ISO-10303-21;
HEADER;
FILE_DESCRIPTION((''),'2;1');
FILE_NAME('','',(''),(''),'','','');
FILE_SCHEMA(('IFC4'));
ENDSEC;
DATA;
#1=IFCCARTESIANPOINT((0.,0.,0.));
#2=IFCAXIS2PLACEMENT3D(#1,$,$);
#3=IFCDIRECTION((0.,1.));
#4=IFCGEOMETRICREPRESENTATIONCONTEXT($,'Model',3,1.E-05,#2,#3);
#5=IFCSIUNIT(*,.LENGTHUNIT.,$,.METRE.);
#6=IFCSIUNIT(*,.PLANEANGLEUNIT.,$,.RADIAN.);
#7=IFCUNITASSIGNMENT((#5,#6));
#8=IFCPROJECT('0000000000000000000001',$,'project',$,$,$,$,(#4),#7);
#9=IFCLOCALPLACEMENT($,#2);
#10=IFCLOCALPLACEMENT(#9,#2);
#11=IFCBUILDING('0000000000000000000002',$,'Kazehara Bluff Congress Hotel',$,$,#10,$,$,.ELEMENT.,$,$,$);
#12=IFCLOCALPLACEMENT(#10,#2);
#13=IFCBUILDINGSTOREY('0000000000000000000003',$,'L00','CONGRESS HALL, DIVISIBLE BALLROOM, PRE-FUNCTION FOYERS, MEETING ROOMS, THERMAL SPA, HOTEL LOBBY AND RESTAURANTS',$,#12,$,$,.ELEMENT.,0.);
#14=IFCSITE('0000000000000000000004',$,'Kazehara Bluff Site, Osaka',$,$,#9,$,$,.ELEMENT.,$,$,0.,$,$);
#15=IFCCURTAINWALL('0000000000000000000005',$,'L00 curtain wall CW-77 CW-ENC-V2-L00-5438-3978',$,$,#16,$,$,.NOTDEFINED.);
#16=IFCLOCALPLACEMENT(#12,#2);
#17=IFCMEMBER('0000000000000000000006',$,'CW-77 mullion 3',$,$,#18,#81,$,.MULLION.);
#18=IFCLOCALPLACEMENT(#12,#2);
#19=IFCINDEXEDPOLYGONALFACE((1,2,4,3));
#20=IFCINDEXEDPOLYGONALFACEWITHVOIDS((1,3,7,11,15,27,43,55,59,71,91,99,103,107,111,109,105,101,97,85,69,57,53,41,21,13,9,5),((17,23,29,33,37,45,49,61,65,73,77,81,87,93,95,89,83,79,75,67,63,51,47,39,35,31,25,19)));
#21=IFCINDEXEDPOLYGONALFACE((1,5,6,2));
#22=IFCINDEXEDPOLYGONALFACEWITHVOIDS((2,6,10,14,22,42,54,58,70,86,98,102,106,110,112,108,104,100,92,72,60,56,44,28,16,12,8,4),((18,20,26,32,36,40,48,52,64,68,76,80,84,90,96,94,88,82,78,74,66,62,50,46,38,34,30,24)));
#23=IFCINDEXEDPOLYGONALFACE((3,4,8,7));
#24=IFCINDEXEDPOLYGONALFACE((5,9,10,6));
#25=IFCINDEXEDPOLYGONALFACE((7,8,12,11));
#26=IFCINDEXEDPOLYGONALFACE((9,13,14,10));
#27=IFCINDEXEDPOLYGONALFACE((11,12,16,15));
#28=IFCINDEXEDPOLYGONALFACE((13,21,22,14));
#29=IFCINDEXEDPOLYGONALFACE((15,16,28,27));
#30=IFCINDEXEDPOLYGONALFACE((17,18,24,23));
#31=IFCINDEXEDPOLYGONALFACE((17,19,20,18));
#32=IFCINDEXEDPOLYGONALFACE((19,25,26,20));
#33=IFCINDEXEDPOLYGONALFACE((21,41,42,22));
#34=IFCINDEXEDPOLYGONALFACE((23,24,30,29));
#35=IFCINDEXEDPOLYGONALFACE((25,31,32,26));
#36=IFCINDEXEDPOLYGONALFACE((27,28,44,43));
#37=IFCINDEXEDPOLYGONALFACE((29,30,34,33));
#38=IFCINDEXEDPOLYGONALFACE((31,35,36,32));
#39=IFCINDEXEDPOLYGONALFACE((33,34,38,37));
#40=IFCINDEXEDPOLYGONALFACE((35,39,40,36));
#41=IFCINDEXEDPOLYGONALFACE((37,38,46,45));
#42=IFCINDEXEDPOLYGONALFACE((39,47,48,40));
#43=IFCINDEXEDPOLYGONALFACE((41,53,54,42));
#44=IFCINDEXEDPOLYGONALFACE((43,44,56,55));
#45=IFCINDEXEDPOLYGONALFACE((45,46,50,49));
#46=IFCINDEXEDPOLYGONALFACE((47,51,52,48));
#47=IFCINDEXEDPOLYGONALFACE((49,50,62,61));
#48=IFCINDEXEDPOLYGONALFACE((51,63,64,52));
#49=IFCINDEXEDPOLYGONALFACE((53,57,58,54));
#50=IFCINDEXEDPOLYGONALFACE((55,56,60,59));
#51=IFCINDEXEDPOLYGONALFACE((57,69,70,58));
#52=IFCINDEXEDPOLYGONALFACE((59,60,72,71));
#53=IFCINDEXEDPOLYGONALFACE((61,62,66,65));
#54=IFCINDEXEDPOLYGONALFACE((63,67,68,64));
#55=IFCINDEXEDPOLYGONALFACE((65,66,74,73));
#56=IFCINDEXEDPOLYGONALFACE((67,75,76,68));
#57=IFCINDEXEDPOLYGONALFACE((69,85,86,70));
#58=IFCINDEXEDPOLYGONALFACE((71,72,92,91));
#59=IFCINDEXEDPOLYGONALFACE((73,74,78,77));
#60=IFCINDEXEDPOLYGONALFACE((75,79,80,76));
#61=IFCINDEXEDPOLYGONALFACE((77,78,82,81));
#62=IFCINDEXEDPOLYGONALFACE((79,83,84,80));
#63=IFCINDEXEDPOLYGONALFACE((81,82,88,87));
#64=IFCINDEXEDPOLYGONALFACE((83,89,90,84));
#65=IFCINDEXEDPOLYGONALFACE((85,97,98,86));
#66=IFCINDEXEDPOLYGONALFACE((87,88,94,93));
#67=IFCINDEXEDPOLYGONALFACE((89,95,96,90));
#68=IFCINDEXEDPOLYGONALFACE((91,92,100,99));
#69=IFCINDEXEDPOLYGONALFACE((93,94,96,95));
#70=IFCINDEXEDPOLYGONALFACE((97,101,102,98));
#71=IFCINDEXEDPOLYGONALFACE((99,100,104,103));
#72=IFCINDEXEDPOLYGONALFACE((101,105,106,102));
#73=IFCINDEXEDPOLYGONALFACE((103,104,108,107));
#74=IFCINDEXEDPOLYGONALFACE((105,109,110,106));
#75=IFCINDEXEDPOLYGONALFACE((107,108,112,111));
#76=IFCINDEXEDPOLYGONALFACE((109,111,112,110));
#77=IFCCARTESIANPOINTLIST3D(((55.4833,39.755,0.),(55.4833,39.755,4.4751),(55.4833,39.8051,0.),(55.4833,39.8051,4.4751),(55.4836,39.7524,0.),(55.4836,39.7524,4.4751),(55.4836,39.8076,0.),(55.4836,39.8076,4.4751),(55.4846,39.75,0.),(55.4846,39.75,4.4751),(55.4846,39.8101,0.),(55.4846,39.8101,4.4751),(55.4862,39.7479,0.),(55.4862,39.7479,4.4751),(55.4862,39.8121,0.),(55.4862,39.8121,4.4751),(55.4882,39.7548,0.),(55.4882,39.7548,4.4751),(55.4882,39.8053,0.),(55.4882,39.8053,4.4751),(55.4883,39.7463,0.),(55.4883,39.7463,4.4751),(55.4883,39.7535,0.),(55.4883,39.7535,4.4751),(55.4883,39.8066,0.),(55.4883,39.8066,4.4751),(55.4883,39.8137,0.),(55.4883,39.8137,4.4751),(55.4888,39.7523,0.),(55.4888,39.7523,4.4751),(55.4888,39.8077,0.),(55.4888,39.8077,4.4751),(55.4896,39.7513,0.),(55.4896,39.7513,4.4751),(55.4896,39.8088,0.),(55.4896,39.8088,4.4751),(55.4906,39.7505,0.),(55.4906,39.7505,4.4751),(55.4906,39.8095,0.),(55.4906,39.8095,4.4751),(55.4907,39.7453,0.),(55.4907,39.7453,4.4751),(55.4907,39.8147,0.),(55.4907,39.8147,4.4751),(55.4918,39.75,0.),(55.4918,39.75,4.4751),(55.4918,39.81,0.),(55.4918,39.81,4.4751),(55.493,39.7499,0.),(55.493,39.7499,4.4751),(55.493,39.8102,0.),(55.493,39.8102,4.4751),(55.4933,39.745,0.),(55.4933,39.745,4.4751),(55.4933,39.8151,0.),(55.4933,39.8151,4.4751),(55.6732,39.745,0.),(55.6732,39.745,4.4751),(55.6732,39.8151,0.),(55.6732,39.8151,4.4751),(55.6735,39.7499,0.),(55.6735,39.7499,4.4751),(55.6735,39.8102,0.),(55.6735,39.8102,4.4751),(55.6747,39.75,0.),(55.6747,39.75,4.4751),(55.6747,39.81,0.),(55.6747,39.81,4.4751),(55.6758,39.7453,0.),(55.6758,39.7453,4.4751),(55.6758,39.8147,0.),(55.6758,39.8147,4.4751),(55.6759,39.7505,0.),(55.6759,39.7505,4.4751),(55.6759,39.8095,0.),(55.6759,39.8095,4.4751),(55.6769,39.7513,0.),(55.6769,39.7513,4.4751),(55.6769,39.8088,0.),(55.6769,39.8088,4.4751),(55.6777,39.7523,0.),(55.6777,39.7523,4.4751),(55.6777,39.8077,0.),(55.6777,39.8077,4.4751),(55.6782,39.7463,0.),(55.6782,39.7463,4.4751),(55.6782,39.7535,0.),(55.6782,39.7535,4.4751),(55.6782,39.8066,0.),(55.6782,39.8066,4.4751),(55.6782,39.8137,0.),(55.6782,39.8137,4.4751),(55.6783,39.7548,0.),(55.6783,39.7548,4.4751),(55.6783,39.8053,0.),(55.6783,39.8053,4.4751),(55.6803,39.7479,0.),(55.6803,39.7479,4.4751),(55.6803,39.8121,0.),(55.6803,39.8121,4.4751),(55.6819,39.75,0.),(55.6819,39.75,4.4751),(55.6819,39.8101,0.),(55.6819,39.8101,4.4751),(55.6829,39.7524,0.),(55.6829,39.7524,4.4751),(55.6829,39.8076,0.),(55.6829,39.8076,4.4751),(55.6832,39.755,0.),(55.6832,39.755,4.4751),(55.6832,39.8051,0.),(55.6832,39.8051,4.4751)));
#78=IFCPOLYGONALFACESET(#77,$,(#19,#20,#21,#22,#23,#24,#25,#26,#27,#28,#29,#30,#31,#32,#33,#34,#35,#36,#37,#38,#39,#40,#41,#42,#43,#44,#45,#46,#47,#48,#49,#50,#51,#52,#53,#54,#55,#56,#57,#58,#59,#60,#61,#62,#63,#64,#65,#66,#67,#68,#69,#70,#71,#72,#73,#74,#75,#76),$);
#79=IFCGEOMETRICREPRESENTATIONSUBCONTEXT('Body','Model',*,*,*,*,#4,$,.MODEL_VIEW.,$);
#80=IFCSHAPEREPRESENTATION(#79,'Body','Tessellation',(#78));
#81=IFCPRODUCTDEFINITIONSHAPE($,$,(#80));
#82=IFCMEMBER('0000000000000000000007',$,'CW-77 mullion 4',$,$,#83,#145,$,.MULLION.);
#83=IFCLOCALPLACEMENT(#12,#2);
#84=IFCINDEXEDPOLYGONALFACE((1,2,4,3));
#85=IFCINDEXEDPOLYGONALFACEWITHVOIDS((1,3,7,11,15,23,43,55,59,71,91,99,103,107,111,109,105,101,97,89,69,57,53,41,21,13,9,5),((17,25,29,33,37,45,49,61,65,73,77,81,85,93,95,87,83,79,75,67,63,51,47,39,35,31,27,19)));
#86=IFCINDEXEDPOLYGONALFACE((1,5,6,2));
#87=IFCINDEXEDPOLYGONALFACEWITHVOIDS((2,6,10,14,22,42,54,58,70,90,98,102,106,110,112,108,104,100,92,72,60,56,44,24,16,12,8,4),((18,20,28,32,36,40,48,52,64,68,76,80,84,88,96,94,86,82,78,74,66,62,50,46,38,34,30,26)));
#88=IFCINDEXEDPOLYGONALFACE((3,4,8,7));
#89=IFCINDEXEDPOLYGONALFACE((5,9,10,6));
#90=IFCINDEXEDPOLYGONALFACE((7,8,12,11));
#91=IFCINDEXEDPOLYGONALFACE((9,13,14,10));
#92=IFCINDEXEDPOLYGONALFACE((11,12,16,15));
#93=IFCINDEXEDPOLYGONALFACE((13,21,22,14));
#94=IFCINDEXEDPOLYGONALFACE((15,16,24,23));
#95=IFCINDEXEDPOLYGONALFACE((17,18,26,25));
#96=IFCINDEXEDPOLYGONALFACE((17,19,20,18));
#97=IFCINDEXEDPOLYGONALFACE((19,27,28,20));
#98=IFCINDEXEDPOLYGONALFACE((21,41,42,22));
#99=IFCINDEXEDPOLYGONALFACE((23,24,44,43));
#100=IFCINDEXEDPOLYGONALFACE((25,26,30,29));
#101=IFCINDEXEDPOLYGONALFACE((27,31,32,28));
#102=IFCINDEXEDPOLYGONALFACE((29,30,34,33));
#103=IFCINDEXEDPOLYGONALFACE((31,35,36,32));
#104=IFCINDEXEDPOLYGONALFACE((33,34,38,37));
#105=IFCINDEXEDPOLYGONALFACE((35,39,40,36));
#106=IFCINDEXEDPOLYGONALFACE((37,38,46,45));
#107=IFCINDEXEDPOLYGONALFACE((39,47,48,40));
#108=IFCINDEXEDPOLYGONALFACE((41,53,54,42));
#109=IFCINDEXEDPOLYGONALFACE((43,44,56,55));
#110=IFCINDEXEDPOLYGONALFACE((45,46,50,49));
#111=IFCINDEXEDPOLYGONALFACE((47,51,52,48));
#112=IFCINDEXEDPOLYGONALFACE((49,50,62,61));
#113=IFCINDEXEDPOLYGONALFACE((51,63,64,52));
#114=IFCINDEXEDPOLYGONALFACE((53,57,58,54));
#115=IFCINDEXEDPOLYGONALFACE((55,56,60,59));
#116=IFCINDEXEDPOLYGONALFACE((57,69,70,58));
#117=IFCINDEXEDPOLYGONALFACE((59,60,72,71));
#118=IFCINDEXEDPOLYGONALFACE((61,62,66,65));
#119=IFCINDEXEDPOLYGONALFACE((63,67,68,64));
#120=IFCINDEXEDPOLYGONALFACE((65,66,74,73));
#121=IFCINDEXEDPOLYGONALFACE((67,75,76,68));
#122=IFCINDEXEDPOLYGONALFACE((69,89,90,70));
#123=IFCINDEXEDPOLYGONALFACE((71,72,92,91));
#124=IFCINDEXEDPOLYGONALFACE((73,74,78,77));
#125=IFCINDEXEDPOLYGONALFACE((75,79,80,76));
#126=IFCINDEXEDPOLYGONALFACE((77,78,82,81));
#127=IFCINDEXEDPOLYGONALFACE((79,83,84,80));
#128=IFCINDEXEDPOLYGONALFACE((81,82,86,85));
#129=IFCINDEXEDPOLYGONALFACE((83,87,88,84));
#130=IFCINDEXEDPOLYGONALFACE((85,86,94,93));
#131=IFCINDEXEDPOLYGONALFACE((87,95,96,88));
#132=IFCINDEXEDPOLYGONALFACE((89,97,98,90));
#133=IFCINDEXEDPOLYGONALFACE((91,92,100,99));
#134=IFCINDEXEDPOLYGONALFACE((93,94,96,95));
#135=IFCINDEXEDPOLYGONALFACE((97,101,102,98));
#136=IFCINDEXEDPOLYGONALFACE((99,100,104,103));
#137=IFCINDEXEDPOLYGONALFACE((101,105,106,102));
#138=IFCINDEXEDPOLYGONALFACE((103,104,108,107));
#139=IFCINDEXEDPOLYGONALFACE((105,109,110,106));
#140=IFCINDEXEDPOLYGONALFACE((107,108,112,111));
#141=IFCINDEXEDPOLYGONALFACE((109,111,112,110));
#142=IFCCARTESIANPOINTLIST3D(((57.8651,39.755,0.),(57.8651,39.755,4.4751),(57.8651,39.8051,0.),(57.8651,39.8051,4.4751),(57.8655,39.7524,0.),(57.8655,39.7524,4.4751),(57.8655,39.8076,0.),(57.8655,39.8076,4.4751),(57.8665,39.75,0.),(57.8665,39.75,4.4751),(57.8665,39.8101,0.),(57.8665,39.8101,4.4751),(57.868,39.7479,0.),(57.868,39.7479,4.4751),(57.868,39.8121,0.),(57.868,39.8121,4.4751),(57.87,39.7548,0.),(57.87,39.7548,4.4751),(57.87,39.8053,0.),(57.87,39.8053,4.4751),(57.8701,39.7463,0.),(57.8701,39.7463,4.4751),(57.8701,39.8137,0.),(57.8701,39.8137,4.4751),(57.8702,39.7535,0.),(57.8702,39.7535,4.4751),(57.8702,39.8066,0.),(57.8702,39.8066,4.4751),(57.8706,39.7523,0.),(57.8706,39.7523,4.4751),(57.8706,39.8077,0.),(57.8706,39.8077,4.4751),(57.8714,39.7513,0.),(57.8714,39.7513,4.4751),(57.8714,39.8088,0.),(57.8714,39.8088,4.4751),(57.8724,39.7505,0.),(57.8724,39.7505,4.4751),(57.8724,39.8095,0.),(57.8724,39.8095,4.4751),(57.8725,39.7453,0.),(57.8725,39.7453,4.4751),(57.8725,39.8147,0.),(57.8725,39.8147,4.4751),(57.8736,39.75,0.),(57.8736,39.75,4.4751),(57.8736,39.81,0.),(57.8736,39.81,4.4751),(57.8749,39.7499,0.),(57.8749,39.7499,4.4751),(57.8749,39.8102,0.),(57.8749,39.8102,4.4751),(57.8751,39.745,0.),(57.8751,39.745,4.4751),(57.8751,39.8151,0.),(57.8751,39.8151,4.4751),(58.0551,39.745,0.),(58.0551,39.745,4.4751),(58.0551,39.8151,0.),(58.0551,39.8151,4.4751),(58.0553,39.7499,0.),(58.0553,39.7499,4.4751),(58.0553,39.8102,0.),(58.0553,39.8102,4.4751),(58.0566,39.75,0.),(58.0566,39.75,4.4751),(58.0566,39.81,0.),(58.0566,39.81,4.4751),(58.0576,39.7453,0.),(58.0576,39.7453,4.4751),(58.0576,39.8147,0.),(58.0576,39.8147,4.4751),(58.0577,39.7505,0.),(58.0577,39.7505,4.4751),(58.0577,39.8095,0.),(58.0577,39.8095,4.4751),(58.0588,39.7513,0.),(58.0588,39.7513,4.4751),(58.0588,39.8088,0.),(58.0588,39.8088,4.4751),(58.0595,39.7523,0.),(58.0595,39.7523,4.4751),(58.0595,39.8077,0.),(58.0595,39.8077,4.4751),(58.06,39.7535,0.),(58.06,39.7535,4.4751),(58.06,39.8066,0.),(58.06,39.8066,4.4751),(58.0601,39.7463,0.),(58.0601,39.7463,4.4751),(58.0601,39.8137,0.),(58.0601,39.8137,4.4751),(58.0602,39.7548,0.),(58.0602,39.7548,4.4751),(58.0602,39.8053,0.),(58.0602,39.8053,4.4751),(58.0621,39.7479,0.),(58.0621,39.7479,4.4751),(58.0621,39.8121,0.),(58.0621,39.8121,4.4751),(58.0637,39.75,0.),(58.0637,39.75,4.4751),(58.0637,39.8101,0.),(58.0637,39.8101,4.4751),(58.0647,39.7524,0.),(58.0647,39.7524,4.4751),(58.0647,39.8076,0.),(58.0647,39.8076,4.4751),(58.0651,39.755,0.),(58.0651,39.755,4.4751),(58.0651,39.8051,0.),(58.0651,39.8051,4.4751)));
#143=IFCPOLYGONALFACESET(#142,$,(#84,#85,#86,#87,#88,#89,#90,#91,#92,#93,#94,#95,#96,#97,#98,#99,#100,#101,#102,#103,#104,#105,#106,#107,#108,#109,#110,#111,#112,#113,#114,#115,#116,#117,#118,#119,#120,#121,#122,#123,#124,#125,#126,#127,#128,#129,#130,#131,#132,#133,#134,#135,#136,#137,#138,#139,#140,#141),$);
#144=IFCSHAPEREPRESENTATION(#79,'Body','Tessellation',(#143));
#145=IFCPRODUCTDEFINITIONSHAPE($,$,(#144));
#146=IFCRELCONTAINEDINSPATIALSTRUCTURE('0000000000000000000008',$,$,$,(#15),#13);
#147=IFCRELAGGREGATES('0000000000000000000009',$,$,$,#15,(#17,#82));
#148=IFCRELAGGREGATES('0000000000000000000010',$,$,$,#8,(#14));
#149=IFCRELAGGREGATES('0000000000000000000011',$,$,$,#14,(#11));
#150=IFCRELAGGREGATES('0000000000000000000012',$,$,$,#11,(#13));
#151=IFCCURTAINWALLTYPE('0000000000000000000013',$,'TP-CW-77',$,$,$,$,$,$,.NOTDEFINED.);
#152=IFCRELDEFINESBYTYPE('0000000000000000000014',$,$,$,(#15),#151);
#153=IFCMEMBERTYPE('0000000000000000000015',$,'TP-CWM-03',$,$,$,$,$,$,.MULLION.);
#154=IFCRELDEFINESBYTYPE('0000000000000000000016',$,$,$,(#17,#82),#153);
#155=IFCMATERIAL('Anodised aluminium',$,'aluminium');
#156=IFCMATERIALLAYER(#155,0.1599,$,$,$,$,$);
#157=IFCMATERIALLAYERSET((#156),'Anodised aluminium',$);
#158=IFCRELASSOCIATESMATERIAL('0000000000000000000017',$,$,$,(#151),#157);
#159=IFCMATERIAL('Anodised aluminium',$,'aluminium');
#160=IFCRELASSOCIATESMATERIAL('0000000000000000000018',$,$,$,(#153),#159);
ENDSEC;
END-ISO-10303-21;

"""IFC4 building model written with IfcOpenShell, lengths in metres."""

from ifc_helpers import new_model, si_unit, direction, frame, origin, origin_2d, place, context, subcontext, project, spatial, hollow_rectangle, extrude, material, layer, layer_set, material_profile, profile_set, type_object, element, aggregate, save


model = new_model("IFC4")

# Units and contexts
model_context = context("Model", 3, precision=1e-05, world=origin(), true_north=direction((0.0, 1.0)))
body_context = subcontext(model_context, "Body", "Model", "MODEL_VIEW")
ifc_project = project(units=[si_unit("LENGTHUNIT", "METRE"), si_unit("PLANEANGLEUNIT", "RADIAN")], contexts=[model_context])

# Site, building, storey
site_placement = place(None, origin())
site = spatial("IfcSite", under=ifc_project, at=site_placement, Name="Kazehara Bluff Site, Osaka", CompositionType="ELEMENT", RefElevation=0.0)
building_placement = place(site_placement, origin())
building = spatial("IfcBuilding", under=site, at=building_placement, Name="Kazehara Bluff Congress Hotel", CompositionType="ELEMENT")
storey_placement = place(building_placement, origin())
storey = spatial("IfcBuildingStorey", under=building, at=storey_placement, Name="L00", Description="CONGRESS HALL, DIVISIBLE BALLROOM, PRE-FUNCTION FOYERS, MEETING ROOMS, THERMAL SPA, HOTEL LOBBY AND RESTAURANTS", CompositionType="ELEMENT", Elevation=0.0)

# Curtain wall, members
ifc_material_1 = material(Name="Anodised aluminium", Category="aluminium")
ifc_layer_1 = layer(ifc_material_1, 0.1599)
ifc_layer_set_1 = layer_set([ifc_layer_1], Name="Anodised aluminium")
curtain_wall_type_1 = type_object("IfcCurtainWallType", Name="TP-CW-77", PredefinedType="NOTDEFINED", material=ifc_layer_set_1)
curtain_wall_1_placement = place(storey_placement, origin())
curtain_wall_1 = element("IfcCurtainWall", 1, at=curtain_wall_1_placement, inside=storey, type_object=curtain_wall_type_1, Name="L00 curtain wall CW-77 CW-ENC-V2-L00-5438-3978", PredefinedType="NOTDEFINED")
ifc_material_2 = material(Name="Anodised aluminium", Category="aluminium")
ifc_material_profile_1 = material_profile(ifc_material_2, hollow_rectangle(XDim=0.0701, YDim=0.2, WallThickness=0.0049, InnerFilletRadius=0.0049, OuterFilletRadius=0.01, at=origin_2d()))
ifc_profile_set_1 = profile_set([ifc_material_profile_1], Name="Anodised aluminium")
member_type_1 = type_object("IfcMemberType", Name="TP-CWM-03", PredefinedType="MULLION", material=ifc_profile_set_1)
member_1_placement = place(storey_placement, frame((55.5833, 39.78, 0.0), z_axis=(0.0, 0.0, 1.0), x_axis=(0.0, 1.0, 0.0)))
member_1 = element("IfcMember", 2, at=member_1_placement, type_object=member_type_1, Name="CW-77 mullion 3", PredefinedType="MULLION", context=body_context, shape_type="SweptSolid", body=[
    extrude(hollow_rectangle(XDim=0.0701, YDim=0.2, WallThickness=0.0049, InnerFilletRadius=0.0049, OuterFilletRadius=0.01, at=origin_2d()), origin(), (0.0, 0.0, 1.0), 4.4751),
])
member_2_placement = place(storey_placement, frame((57.9651, 39.78, 0.0), z_axis=(0.0, 0.0, 1.0), x_axis=(0.0, 1.0, 0.0)))
member_2 = element("IfcMember", 3, at=member_2_placement, type_object=member_type_1, Name="CW-77 mullion 4", PredefinedType="MULLION", context=body_context, shape_type="SweptSolid", body=[
    extrude(hollow_rectangle(XDim=0.0701, YDim=0.2, WallThickness=0.0049, InnerFilletRadius=0.0049, OuterFilletRadius=0.01, at=origin_2d()), origin(), (0.0, 0.0, 1.0), 4.4751),
])

aggregate(curtain_wall_1, [member_1, member_2])

save(model, "model.ifc")
